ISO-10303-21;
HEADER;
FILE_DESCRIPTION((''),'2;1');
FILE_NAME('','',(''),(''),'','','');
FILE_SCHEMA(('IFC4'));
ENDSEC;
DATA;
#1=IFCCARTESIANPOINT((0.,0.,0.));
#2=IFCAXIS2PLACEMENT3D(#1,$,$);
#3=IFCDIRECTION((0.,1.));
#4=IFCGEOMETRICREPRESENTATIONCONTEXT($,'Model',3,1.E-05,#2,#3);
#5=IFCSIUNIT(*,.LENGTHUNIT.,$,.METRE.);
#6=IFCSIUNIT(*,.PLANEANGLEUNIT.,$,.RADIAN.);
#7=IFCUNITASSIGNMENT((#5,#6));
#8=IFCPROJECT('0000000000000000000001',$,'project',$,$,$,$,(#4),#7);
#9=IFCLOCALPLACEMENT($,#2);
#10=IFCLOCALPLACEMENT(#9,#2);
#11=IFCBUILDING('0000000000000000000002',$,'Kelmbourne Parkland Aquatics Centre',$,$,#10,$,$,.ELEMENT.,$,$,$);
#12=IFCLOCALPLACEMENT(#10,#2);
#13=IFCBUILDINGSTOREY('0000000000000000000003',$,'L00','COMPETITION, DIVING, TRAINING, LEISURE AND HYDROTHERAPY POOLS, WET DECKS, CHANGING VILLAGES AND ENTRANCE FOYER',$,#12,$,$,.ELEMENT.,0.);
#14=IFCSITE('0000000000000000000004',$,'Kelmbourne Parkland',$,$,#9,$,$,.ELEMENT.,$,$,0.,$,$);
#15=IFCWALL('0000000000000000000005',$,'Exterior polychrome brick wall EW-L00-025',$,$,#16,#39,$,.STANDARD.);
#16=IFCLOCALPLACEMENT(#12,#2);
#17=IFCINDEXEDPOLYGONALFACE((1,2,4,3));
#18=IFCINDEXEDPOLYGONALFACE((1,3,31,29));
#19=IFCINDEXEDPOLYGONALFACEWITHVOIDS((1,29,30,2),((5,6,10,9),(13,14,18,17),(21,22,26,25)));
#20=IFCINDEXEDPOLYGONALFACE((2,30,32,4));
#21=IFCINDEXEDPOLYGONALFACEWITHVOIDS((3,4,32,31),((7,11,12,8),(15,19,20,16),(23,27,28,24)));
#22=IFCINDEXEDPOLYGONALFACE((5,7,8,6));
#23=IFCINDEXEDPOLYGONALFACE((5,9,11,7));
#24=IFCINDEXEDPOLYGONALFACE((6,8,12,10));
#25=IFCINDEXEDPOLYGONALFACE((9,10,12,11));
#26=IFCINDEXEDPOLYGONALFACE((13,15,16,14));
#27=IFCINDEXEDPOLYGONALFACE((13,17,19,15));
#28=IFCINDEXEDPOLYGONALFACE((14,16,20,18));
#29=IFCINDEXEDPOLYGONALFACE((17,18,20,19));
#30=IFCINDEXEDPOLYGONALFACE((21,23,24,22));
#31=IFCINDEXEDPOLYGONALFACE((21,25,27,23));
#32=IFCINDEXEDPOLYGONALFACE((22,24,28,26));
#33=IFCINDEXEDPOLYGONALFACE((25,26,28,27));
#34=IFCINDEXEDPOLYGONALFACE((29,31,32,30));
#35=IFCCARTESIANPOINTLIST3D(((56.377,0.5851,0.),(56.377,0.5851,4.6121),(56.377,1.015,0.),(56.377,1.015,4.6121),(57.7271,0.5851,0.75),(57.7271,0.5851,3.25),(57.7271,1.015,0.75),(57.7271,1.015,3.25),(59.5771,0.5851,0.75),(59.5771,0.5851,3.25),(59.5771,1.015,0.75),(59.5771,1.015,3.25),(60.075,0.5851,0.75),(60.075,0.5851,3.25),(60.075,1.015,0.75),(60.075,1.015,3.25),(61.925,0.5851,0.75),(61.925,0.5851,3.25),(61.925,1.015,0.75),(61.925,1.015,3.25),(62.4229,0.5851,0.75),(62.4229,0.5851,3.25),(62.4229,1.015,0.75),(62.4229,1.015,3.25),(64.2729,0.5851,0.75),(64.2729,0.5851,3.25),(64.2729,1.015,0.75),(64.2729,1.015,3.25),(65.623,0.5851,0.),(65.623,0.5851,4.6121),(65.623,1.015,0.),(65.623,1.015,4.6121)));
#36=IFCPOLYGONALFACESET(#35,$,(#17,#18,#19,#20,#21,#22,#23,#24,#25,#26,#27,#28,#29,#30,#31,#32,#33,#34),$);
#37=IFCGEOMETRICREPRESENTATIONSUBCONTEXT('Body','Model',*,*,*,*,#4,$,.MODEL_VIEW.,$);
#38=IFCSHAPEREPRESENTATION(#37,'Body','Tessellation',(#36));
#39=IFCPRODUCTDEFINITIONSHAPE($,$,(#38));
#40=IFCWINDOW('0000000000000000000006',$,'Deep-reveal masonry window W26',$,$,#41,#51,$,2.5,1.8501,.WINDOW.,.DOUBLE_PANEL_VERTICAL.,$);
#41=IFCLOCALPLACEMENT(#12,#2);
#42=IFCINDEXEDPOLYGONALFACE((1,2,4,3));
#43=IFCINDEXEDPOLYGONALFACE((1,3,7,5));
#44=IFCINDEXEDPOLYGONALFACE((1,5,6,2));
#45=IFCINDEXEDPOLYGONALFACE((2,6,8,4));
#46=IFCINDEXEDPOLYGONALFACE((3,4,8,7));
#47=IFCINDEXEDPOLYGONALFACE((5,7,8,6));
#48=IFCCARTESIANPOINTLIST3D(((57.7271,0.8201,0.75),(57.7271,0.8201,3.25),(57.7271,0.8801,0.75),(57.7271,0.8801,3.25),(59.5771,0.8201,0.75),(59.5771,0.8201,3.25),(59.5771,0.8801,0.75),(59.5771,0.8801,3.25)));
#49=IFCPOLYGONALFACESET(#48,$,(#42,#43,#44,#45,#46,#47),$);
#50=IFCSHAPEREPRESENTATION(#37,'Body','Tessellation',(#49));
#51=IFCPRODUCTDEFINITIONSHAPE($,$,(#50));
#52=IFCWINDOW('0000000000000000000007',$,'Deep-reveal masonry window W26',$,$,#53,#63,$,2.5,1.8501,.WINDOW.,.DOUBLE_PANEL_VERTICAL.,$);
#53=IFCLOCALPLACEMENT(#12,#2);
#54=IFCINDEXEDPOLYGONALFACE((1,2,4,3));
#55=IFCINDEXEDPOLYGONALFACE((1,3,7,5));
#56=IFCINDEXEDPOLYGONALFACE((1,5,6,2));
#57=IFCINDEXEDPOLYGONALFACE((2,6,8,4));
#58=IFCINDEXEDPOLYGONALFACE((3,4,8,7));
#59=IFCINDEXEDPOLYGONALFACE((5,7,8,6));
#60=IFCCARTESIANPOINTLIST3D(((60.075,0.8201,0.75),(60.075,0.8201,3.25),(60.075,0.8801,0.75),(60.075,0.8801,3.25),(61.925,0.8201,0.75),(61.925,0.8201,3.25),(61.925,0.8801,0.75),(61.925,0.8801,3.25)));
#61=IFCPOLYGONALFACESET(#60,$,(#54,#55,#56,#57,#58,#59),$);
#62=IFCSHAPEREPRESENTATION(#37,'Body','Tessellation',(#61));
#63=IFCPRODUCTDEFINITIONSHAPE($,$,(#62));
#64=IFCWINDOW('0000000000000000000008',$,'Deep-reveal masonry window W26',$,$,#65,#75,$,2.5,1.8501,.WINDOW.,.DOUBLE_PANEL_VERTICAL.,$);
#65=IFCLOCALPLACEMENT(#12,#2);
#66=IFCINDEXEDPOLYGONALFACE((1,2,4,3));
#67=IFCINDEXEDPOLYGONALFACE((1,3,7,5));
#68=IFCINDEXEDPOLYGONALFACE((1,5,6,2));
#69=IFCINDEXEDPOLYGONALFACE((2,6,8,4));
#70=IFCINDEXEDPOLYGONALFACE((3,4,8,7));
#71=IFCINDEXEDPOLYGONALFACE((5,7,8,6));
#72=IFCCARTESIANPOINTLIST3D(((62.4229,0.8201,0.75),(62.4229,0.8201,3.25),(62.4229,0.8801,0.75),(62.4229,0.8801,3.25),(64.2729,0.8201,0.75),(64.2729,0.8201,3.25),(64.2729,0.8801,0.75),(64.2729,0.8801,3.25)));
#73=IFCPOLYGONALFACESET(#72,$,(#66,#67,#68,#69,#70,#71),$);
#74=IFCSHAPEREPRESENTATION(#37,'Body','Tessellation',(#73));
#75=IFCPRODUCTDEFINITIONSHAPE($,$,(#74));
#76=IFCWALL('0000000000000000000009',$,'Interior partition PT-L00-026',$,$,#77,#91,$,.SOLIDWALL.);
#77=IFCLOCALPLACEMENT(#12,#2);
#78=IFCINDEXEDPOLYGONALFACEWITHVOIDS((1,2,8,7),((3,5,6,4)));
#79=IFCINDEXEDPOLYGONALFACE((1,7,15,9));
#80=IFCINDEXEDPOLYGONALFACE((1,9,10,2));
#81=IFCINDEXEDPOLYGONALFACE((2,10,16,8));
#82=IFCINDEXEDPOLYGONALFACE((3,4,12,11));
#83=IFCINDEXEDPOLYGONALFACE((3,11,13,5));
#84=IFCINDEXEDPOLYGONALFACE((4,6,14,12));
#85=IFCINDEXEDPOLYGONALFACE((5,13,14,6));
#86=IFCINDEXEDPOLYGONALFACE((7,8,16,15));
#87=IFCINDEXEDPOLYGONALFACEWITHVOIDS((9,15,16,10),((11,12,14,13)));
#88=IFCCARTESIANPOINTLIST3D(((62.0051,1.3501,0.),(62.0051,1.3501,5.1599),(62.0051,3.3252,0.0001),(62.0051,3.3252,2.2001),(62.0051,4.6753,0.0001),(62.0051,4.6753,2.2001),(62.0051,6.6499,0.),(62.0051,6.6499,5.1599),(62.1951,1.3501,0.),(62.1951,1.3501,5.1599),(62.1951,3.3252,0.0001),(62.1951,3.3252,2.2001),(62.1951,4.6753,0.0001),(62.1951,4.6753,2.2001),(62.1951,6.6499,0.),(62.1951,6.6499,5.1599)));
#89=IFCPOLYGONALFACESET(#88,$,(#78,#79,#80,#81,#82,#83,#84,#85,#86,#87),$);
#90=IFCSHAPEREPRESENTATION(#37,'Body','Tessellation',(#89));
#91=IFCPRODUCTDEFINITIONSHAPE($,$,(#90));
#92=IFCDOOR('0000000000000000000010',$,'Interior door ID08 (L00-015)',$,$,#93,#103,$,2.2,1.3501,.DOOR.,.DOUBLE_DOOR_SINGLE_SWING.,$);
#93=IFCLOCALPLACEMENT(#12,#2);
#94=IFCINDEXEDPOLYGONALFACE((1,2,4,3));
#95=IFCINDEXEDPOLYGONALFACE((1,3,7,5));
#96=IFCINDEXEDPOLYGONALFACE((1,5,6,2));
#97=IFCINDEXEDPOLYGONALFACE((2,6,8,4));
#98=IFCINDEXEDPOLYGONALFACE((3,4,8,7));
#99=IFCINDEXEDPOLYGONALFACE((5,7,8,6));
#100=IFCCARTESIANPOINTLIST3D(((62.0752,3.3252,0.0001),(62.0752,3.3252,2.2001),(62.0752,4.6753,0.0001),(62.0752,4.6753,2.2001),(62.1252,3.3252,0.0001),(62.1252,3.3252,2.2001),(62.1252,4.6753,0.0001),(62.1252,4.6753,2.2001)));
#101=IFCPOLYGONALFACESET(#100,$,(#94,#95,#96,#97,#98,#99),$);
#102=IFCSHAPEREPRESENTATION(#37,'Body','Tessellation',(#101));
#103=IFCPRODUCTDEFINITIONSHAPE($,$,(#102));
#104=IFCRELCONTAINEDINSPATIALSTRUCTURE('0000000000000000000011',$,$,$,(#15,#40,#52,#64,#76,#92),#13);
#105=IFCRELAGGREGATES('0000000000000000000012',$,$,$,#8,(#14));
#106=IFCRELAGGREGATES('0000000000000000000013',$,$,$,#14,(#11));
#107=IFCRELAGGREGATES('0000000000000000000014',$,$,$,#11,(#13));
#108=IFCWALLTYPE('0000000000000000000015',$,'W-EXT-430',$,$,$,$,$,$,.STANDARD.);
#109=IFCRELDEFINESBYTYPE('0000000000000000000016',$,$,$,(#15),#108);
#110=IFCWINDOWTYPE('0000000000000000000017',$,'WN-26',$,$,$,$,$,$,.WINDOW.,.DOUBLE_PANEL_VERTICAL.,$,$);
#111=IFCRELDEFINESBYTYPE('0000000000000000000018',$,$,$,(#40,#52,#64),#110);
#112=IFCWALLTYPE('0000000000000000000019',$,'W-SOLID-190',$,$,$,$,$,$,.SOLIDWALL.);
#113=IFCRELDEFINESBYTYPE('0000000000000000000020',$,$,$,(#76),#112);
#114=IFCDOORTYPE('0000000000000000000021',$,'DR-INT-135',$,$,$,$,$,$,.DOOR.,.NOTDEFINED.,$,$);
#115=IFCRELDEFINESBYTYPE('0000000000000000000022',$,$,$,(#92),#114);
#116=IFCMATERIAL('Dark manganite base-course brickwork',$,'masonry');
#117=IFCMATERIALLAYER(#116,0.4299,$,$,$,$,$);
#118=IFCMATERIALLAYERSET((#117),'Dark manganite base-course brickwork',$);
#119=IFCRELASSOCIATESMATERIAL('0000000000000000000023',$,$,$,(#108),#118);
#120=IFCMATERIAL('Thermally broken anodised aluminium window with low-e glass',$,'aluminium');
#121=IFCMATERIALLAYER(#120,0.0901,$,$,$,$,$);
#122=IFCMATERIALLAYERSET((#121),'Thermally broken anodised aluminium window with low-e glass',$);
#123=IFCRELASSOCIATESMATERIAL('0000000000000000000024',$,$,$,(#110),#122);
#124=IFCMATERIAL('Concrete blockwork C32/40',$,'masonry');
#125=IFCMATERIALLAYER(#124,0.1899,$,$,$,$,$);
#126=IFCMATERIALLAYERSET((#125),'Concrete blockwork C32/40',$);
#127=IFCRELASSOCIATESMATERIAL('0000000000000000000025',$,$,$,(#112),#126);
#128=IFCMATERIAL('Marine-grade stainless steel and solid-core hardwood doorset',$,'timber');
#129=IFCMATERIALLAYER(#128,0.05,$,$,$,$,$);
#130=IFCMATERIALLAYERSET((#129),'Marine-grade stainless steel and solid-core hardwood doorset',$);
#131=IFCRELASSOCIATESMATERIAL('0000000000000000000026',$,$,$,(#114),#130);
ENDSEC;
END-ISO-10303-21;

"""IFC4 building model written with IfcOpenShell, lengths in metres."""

from ifc_helpers import new_model, si_unit, direction, frame, frame_2d, origin, place, context, subcontext, project, spatial, rectangle, extrude, material, layer, layer_set, type_object, element, fill, save


model = new_model("IFC4")

# Units and contexts
model_context = context("Model", 3, precision=1e-05, world=origin(), true_north=direction((0.0, 1.0)))
body_context = subcontext(model_context, "Body", "Model", "MODEL_VIEW")
ifc_project = project(units=[si_unit("LENGTHUNIT", "METRE"), si_unit("PLANEANGLEUNIT", "RADIAN")], contexts=[model_context])

# Site, building, storey
site_placement = place(None, origin())
site = spatial("IfcSite", under=ifc_project, at=site_placement, Name="Kelmbourne Parkland", CompositionType="ELEMENT", RefElevation=0.0)
building_placement = place(site_placement, origin())
building = spatial("IfcBuilding", under=site, at=building_placement, Name="Kelmbourne Parkland Aquatics Centre", CompositionType="ELEMENT")
storey_placement = place(building_placement, origin())
storey = spatial("IfcBuildingStorey", under=building, at=storey_placement, Name="L00", Description="COMPETITION, DIVING, TRAINING, LEISURE AND HYDROTHERAPY POOLS, WET DECKS, CHANGING VILLAGES AND ENTRANCE FOYER", CompositionType="ELEMENT", Elevation=0.0)

# Wall, openings, windows
ifc_material_1 = material(Name="Dark manganite base-course brickwork", Category="masonry")
ifc_layer_1 = layer(ifc_material_1, 0.4299)
ifc_layer_set_1 = layer_set([ifc_layer_1], Name="Dark manganite base-course brickwork")
wall_type_1 = type_object("IfcWallType", Name="W-EXT-430", PredefinedType="STANDARD", material=ifc_layer_set_1)
wall_1_placement = place(storey_placement, frame((56.377, 0.8, 0.0), z_axis=(0.0, 0.0, 1.0), x_axis=(1.0, 0.0, 0.0)))
wall_1 = element("IfcWall", 1, at=wall_1_placement, inside=storey, type_object=wall_type_1, Name="Exterior polychrome brick wall EW-L00-025", PredefinedType="STANDARD", context=body_context, shape_type="SweptSolid", body=[
    extrude(rectangle(XDim=9.2461, YDim=0.4299, at=frame_2d((4.623, 0.0))), origin(), (0.0, 0.0, 1.0), 4.6121),
])
opening_1_placement = place(wall_1_placement, frame((1.3501, 0.0, 0.75)))
opening_1 = element("IfcOpeningElement", 2, at=opening_1_placement, cuts=wall_1, PredefinedType="OPENING", context=body_context, shape_type="SweptSolid", body=[
    extrude(rectangle(XDim=1.8501, YDim=2.5, at=frame_2d((0.925, 1.25))), frame((0.0, 0.2271, 0.0), z_axis=(0.0, -1.0, 0.0), x_axis=(1.0, 0.0, 0.0)), (0.0, 0.0, 1.0), 0.4539),
])
opening_2_placement = place(wall_1_placement, frame((3.698, 0.0, 0.75)))
opening_2 = element("IfcOpeningElement", 3, at=opening_2_placement, cuts=wall_1, PredefinedType="OPENING", context=body_context, shape_type="SweptSolid", body=[
    extrude(rectangle(XDim=1.8501, YDim=2.5, at=frame_2d((0.925, 1.25))), frame((0.0, 0.2271, 0.0), z_axis=(0.0, -1.0, 0.0), x_axis=(1.0, 0.0, 0.0)), (0.0, 0.0, 1.0), 0.4539),
])
opening_3_placement = place(wall_1_placement, frame((6.0459, 0.0, 0.75)))
opening_3 = element("IfcOpeningElement", 4, at=opening_3_placement, cuts=wall_1, PredefinedType="OPENING", context=body_context, shape_type="SweptSolid", body=[
    extrude(rectangle(XDim=1.8501, YDim=2.5, at=frame_2d((0.925, 1.25))), frame((0.0, 0.2271, 0.0), z_axis=(0.0, -1.0, 0.0), x_axis=(1.0, 0.0, 0.0)), (0.0, 0.0, 1.0), 0.4539),
])
ifc_material_2 = material(Name="Thermally broken anodised aluminium window with low-e glass", Category="aluminium")
ifc_layer_2 = layer(ifc_material_2, 0.0901)
ifc_layer_set_2 = layer_set([ifc_layer_2], Name="Thermally broken anodised aluminium window with low-e glass")
window_type = type_object("IfcWindowType", Name="WN-26", PartitioningType="DOUBLE_PANEL_VERTICAL", PredefinedType="WINDOW", material=ifc_layer_set_2)
window_1_placement = place(opening_1_placement, origin())
window_1 = element("IfcWindow", 5, at=window_1_placement, inside=storey, type_object=window_type, Name="Deep-reveal masonry window W26", OverallHeight=2.5, OverallWidth=1.8501, PartitioningType="DOUBLE_PANEL_VERTICAL", PredefinedType="WINDOW", context=body_context, shape_type="SweptSolid", body=[
    extrude(rectangle(XDim=1.8501, YDim=2.5, at=frame_2d((0.925, 1.25))), frame((0.0, 0.0801, 0.0), z_axis=(0.0, -1.0, 0.0), x_axis=(1.0, 0.0, 0.0)), (0.0, 0.0, 1.0), 0.0601),
])
fill(opening_1, window_1)
window_2_placement = place(opening_2_placement, origin())
window_2 = element("IfcWindow", 6, at=window_2_placement, inside=storey, type_object=window_type, Name="Deep-reveal masonry window W26", OverallHeight=2.5, OverallWidth=1.8501, PartitioningType="DOUBLE_PANEL_VERTICAL", PredefinedType="WINDOW", context=body_context, shape_type="SweptSolid", body=[
    extrude(rectangle(XDim=1.8501, YDim=2.5, at=frame_2d((0.925, 1.25))), frame((0.0, 0.0801, 0.0), z_axis=(0.0, -1.0, 0.0), x_axis=(1.0, 0.0, 0.0)), (0.0, 0.0, 1.0), 0.0601),
])
fill(opening_2, window_2)
window_3_placement = place(opening_3_placement, origin())
window_3 = element("IfcWindow", 7, at=window_3_placement, inside=storey, type_object=window_type, Name="Deep-reveal masonry window W26", OverallHeight=2.5, OverallWidth=1.8501, PartitioningType="DOUBLE_PANEL_VERTICAL", PredefinedType="WINDOW", context=body_context, shape_type="SweptSolid", body=[
    extrude(rectangle(XDim=1.8501, YDim=2.5, at=frame_2d((0.925, 1.25))), frame((0.0, 0.0801, 0.0), z_axis=(0.0, -1.0, 0.0), x_axis=(1.0, 0.0, 0.0)), (0.0, 0.0, 1.0), 0.0601),
])
fill(opening_3, window_3)

# Wall, opening, door
ifc_material_3 = material(Name="Concrete blockwork C32/40", Category="masonry")
ifc_layer_3 = layer(ifc_material_3, 0.1899)
ifc_layer_set_3 = layer_set([ifc_layer_3], Name="Concrete blockwork C32/40")
wall_type_2 = type_object("IfcWallType", Name="W-SOLID-190", PredefinedType="SOLIDWALL", material=ifc_layer_set_3)
wall_2_placement = place(storey_placement, frame((62.1001, 1.3501, 0.0), z_axis=(0.0, 0.0, 1.0), x_axis=(0.0, 1.0, 0.0)))
wall_2 = element("IfcWall", 8, at=wall_2_placement, inside=storey, type_object=wall_type_2, Name="Interior partition PT-L00-026", PredefinedType="SOLIDWALL", context=body_context, shape_type="SweptSolid", body=[
    extrude(rectangle(XDim=5.2998, YDim=0.1899, at=frame_2d((2.6499, 0.0))), origin(), (0.0, 0.0, 1.0), 5.1599),
])
opening_4_placement = place(wall_2_placement, frame((1.9751, 0.0, 0.0)))
opening_4 = element("IfcOpeningElement", 9, at=opening_4_placement, cuts=wall_2, PredefinedType="OPENING", context=body_context, shape_type="SweptSolid", body=[
    extrude(rectangle(XDim=1.3501, YDim=2.2, at=frame_2d((0.675, 1.1001))), frame((0.0, 0.1069, 0.0), z_axis=(0.0, -1.0, 0.0), x_axis=(1.0, 0.0, 0.0)), (0.0, 0.0, 1.0), 0.2139),
])
ifc_material_4 = material(Name="Marine-grade stainless steel and solid-core hardwood doorset", Category="timber")
ifc_layer_4 = layer(ifc_material_4, 0.05)
ifc_layer_set_4 = layer_set([ifc_layer_4], Name="Marine-grade stainless steel and solid-core hardwood doorset")
door_type = type_object("IfcDoorType", Name="DR-INT-135", OperationType="NOTDEFINED", PredefinedType="DOOR", material=ifc_layer_set_4)
door_placement = place(opening_4_placement, origin())
door = element("IfcDoor", 10, at=door_placement, inside=storey, type_object=door_type, Name="Interior door ID08 (L00-015)", OperationType="DOUBLE_DOOR_SINGLE_SWING", OverallHeight=2.2, OverallWidth=1.3501, PredefinedType="DOOR", context=body_context, shape_type="SweptSolid", body=[
    extrude(rectangle(XDim=1.3501, YDim=2.2, at=frame_2d((0.675, 1.1001))), frame((0.0, 0.0249, 0.0), z_axis=(0.0, -1.0, 0.0), x_axis=(1.0, 0.0, 0.0)), (0.0, 0.0, 1.0), 0.05),
])
fill(opening_4, door)

save(model, "model.ifc")
